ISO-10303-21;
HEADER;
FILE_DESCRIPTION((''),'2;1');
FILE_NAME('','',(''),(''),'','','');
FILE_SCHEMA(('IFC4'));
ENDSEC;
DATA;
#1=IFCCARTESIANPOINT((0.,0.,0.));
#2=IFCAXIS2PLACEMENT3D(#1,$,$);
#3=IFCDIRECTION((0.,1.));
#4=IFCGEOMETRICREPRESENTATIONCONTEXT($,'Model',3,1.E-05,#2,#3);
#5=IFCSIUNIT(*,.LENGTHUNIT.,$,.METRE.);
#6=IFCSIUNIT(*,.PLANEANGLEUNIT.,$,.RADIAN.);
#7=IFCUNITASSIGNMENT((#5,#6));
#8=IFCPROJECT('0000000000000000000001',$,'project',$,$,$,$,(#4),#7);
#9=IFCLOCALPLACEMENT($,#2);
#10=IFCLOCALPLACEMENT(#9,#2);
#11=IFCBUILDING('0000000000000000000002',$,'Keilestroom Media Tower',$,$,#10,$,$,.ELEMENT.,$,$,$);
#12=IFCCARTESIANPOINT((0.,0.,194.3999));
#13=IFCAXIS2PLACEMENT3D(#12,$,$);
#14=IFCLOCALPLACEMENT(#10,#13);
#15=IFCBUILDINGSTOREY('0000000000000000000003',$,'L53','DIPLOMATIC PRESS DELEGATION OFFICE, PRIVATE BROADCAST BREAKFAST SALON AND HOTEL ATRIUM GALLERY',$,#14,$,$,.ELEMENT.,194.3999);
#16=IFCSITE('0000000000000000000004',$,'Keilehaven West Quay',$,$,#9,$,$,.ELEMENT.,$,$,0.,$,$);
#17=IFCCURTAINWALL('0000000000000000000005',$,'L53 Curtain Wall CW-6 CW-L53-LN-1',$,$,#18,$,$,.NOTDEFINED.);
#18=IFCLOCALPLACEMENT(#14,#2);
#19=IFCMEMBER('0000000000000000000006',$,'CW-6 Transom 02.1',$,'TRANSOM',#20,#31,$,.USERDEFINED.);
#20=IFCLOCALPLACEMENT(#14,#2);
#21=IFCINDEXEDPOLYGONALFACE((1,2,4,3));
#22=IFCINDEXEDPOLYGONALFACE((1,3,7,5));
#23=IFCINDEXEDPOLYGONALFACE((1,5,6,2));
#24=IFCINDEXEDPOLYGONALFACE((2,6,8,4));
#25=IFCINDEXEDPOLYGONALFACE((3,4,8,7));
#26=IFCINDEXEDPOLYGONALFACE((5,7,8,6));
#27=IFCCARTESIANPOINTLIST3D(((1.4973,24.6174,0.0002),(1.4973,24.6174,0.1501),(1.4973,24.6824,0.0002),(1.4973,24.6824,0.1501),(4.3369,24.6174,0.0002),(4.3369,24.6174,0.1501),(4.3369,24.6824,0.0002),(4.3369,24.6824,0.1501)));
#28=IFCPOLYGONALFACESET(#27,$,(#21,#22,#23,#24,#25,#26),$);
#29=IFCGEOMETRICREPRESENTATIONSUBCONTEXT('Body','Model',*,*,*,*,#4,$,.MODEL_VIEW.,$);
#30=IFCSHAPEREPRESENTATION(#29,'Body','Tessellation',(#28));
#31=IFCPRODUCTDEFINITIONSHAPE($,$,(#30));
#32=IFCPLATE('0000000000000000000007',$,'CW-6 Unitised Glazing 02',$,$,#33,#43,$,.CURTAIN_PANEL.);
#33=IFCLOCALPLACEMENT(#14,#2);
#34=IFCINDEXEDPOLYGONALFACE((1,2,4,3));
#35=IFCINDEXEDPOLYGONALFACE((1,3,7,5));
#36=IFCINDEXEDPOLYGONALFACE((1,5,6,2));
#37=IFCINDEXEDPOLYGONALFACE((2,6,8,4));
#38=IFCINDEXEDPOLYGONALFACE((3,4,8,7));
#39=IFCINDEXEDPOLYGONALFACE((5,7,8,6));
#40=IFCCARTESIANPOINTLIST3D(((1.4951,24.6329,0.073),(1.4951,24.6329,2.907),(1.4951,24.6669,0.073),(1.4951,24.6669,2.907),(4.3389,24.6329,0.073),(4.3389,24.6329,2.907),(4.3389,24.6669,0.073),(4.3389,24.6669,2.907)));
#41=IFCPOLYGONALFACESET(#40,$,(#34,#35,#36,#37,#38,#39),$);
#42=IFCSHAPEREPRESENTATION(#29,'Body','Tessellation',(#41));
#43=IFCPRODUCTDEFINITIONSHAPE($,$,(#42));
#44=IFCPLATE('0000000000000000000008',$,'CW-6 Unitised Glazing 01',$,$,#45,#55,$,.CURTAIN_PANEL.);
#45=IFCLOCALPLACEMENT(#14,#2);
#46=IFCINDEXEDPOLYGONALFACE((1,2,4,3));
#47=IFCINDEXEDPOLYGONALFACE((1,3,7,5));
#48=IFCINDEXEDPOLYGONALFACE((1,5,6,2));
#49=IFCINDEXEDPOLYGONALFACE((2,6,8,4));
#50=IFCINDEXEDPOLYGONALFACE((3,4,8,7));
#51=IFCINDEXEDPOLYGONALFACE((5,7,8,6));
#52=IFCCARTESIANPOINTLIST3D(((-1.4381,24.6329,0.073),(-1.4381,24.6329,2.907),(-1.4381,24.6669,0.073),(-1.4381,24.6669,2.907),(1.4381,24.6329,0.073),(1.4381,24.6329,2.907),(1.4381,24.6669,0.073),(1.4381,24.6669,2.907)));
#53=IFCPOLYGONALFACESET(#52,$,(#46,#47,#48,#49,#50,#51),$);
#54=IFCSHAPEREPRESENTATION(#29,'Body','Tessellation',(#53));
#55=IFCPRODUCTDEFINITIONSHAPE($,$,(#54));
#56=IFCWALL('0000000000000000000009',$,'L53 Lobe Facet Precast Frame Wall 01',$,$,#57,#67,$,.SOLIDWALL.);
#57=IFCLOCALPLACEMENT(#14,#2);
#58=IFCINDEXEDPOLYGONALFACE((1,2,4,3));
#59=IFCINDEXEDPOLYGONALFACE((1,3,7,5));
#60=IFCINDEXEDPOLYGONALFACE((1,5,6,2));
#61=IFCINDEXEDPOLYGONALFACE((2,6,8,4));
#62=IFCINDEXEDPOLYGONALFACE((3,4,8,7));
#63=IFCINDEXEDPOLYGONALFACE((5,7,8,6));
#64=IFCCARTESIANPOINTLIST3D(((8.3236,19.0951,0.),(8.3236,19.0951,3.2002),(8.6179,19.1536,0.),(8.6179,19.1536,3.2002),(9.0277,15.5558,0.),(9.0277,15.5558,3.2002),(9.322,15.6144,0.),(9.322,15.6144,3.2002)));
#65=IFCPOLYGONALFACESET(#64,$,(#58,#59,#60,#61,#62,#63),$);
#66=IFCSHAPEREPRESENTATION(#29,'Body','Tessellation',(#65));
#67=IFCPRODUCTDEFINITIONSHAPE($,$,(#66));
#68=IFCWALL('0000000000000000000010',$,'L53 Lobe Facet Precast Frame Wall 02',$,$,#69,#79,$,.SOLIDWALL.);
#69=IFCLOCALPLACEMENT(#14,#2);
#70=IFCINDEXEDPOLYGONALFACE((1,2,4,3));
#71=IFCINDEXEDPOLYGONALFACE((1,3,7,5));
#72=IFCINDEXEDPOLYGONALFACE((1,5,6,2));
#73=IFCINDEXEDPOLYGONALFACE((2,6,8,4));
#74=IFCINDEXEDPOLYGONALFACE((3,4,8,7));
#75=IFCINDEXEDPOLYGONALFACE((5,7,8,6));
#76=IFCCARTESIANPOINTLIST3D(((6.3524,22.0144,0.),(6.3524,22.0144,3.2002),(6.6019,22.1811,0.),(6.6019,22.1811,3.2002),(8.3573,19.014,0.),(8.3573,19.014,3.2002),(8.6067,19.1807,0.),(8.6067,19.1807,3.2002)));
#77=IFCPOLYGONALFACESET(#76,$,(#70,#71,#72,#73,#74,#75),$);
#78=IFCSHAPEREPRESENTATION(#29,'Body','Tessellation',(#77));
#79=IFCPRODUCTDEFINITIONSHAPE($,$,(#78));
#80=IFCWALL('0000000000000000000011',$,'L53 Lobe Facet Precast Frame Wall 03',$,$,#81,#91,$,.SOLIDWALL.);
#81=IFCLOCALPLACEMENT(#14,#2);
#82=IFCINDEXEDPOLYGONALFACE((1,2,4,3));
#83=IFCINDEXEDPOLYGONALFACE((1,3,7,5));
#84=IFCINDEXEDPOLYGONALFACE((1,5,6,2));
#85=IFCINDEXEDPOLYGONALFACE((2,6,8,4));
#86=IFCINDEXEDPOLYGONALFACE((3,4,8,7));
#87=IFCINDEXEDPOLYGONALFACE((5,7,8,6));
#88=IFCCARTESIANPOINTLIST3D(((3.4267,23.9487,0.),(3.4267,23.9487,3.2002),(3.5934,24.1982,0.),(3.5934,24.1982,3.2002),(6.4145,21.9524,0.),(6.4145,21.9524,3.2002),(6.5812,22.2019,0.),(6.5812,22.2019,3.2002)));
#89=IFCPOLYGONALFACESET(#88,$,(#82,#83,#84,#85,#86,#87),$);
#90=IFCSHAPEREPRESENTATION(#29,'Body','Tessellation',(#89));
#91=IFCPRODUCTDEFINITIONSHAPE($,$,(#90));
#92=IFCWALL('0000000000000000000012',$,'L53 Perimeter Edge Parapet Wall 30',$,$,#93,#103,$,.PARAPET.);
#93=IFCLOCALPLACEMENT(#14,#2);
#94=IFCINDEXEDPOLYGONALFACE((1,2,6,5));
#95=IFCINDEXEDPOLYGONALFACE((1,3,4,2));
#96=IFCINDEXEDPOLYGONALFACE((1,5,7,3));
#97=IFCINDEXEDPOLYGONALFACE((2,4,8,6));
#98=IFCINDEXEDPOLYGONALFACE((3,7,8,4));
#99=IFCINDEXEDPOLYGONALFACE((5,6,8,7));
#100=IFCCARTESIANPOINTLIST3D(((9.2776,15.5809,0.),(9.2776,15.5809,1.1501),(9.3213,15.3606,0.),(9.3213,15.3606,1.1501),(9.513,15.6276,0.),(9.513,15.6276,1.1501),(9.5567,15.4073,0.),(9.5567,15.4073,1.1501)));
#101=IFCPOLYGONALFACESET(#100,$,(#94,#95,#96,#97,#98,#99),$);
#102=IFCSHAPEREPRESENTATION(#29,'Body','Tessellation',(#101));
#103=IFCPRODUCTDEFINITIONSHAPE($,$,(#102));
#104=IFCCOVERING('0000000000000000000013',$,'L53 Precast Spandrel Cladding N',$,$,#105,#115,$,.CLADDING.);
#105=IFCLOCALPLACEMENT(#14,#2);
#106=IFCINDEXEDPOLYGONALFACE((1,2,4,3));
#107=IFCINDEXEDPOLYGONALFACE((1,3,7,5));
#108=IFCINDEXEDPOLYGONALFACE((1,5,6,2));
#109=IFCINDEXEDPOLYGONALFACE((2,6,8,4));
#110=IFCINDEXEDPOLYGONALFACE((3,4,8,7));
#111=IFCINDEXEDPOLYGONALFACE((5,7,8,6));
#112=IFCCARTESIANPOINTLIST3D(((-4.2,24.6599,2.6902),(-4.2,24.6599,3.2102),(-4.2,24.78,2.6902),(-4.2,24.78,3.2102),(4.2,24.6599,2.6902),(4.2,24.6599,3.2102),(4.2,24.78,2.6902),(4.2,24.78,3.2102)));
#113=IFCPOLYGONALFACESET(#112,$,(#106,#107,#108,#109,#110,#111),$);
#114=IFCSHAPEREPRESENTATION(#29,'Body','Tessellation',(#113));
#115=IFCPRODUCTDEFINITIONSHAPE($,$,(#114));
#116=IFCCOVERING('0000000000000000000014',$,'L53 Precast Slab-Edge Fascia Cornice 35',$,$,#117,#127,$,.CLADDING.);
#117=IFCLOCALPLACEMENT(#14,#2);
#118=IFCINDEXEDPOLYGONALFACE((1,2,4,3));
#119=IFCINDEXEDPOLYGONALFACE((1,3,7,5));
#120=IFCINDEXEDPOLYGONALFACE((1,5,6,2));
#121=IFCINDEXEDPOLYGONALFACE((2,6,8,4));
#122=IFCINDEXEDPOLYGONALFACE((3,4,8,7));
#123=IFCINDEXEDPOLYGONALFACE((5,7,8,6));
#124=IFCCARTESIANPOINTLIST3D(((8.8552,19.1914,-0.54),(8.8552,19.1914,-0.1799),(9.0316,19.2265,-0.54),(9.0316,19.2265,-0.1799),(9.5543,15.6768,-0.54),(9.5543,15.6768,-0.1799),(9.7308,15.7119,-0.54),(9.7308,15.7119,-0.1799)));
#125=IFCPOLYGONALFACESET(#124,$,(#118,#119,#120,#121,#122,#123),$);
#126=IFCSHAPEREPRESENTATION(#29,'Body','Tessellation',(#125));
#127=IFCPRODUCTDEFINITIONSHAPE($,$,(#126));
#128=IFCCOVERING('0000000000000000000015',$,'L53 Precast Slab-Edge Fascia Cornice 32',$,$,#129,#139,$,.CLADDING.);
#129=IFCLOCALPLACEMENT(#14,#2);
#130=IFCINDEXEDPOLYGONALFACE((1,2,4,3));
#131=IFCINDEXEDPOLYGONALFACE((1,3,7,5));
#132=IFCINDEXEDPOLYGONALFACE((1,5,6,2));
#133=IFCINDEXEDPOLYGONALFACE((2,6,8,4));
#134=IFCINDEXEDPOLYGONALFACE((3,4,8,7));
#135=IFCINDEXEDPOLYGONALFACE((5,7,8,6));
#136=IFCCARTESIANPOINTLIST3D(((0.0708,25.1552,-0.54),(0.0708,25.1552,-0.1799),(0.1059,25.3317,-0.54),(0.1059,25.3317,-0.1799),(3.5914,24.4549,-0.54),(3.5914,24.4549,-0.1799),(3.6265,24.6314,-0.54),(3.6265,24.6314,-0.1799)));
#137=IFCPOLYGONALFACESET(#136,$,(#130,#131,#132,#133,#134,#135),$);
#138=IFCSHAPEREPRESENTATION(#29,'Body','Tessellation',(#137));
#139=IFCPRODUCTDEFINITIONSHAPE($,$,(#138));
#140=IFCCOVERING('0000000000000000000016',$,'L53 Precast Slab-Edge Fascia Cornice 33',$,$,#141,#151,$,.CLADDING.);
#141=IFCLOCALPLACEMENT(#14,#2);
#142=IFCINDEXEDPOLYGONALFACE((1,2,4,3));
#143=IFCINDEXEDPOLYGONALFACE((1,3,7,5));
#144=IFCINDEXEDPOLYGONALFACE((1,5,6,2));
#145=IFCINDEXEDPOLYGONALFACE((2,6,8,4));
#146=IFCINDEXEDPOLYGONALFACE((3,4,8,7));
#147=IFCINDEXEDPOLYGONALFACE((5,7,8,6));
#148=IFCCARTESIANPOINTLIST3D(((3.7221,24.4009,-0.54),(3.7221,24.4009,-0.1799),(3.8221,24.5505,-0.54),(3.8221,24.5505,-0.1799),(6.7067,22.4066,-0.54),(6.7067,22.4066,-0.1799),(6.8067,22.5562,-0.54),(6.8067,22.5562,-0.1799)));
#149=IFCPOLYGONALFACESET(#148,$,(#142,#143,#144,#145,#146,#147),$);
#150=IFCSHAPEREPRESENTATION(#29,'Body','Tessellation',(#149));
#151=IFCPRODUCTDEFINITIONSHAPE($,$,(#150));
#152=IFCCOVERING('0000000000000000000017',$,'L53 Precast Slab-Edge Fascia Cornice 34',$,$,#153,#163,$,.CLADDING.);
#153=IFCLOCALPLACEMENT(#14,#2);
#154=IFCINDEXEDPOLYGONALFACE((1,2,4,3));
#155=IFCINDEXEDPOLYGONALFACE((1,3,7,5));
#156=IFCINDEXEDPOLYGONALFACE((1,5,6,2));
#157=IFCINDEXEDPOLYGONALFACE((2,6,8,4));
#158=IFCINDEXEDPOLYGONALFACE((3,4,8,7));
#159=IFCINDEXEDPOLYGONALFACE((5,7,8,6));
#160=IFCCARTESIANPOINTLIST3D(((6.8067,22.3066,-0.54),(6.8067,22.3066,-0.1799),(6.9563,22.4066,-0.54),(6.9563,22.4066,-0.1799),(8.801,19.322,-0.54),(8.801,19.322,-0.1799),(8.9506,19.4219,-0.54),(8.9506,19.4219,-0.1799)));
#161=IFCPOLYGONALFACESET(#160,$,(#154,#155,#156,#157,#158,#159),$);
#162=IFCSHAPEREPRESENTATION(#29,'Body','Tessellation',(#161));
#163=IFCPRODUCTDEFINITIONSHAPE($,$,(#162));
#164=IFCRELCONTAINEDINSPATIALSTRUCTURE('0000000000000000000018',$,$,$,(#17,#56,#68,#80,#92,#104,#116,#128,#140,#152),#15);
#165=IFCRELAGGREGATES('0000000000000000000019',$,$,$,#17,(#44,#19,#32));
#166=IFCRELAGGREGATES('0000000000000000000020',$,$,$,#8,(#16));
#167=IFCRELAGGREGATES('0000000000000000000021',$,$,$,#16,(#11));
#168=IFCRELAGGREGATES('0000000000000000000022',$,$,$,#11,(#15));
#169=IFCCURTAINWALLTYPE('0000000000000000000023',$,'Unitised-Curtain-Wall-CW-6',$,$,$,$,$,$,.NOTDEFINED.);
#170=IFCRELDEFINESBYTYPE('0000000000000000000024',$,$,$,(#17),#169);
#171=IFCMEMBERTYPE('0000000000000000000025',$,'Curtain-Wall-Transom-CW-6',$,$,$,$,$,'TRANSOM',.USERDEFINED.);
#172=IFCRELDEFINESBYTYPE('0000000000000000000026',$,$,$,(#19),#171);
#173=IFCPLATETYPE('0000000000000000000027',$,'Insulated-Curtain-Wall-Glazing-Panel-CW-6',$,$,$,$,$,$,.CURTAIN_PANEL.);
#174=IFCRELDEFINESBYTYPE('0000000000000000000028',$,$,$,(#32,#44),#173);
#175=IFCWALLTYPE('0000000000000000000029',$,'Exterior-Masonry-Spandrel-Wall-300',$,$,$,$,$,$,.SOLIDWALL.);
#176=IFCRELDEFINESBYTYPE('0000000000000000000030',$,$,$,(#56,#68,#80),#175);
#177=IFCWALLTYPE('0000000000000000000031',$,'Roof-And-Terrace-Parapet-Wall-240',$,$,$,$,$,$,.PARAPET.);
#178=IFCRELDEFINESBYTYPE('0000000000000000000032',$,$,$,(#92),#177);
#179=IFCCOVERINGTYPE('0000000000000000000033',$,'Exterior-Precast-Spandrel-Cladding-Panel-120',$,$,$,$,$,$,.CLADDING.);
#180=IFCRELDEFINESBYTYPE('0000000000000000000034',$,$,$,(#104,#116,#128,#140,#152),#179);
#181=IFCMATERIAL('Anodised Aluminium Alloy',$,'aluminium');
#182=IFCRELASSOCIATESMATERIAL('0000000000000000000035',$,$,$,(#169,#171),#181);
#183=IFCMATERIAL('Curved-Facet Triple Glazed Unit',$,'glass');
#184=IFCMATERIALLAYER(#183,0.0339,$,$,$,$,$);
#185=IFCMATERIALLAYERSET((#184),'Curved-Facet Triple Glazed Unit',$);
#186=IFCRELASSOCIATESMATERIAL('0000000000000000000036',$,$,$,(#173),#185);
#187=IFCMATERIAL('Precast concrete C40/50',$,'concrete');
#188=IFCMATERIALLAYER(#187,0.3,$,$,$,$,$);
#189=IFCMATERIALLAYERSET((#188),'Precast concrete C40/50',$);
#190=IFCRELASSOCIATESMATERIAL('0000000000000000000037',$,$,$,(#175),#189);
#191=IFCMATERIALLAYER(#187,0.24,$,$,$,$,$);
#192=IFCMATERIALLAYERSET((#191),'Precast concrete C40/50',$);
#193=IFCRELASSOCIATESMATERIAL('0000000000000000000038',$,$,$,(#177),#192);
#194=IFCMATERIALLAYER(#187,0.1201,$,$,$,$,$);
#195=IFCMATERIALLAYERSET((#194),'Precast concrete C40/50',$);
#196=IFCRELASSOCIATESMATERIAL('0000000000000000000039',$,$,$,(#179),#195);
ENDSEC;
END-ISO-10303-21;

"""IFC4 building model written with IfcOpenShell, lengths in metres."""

from ifc_helpers import new_model, si_unit, direction, frame, frame_2d, origin, origin_2d, place, context, subcontext, project, spatial, rectangle, extrude, source, transform, mapped, material, layer, layer_set, material_profile, profile_set, type_object, element, aggregate, save


model = new_model("IFC4")

# Units and contexts
model_context = context("Model", 3, precision=1e-05, world=origin(), true_north=direction((0.0, 1.0)))
body_context = subcontext(model_context, "Body", "Model", "MODEL_VIEW")
ifc_project = project(units=[si_unit("LENGTHUNIT", "METRE"), si_unit("PLANEANGLEUNIT", "RADIAN")], contexts=[model_context])

# Site, building, storey
site_placement = place(None, origin())
site = spatial("IfcSite", under=ifc_project, at=site_placement, Name="Keilehaven West Quay", CompositionType="ELEMENT", RefElevation=0.0)
building_placement = place(site_placement, origin())
building = spatial("IfcBuilding", under=site, at=building_placement, Name="Keilestroom Media Tower", CompositionType="ELEMENT")
storey_placement = place(building_placement, frame((0.0, 0.0, 194.3999)))
storey = spatial("IfcBuildingStorey", under=building, at=storey_placement, Name="L53", Description="DIPLOMATIC PRESS DELEGATION OFFICE, PRIVATE BROADCAST BREAKFAST SALON AND HOTEL ATRIUM GALLERY", CompositionType="ELEMENT", Elevation=194.3999)

# Curtain wall, member, plates
ifc_material_1 = material(Name="Anodised Aluminium Alloy", Category="aluminium")
curtain_wall_type = type_object("IfcCurtainWallType", Name="Unitised-Curtain-Wall-CW-6", PredefinedType="NOTDEFINED", material=ifc_material_1)
curtain_wall_placement = place(storey_placement, origin())
curtain_wall = element("IfcCurtainWall", 1, at=curtain_wall_placement, inside=storey, type_object=curtain_wall_type, Name="L53 Curtain Wall CW-6 CW-L53-LN-1", PredefinedType="NOTDEFINED")
ifc_material_profile_1 = material_profile(ifc_material_1, rectangle(XDim=0.0649, YDim=0.1499, at=origin_2d()), Name="ALU TRANSOM 65x150")
ifc_profile_set_1 = profile_set([ifc_material_profile_1], Name="Anodised Aluminium Alloy")
member_type_1 = type_object("IfcMemberType", Name="Curtain-Wall-Transom-CW-6", ElementType="TRANSOM", PredefinedType="USERDEFINED", material=ifc_profile_set_1)
shared_shape_1 = source(origin(), body_context, "Body", "SweptSolid", [
    extrude(rectangle(XDim=0.0649, YDim=0.1499, at=origin_2d()), origin(), (0.0, 0.0, 1.0), 2.8396),
])
member_1_placement = place(storey_placement, frame((1.4973, 24.6499, 0.0752), z_axis=(1.0, 0.0, 0.0), x_axis=(0.0, 1.0, 0.0)))
member_1 = element("IfcMember", 2, at=member_1_placement, type_object=member_type_1, Name="CW-6 Transom 02.1", ObjectType="TRANSOM", PredefinedType="USERDEFINED", context=body_context, shape_type="MappedRepresentation", body=[
    mapped(shared_shape_1, transform((0.0, 0.0, 0.0), x_axis=(1.0, 0.0, 0.0), y_axis=(0.0, 1.0, 0.0), z_axis=(0.0, 0.0, 1.0), scale=1.0)),
])
ifc_material_2 = material(Name="Curved-Facet Triple Glazed Unit", Category="glass")
ifc_layer_1 = layer(ifc_material_2, 0.0339)
ifc_layer_set_1 = layer_set([ifc_layer_1], Name="Curved-Facet Triple Glazed Unit")
plate_type = type_object("IfcPlateType", Name="Insulated-Curtain-Wall-Glazing-Panel-CW-6", PredefinedType="CURTAIN_PANEL", material=ifc_layer_set_1)
shared_shape_2 = source(origin(), body_context, "Body", "SweptSolid", [
    extrude(rectangle(XDim=2.8438, YDim=0.0339, at=origin_2d()), origin(), (0.0, 0.0, 1.0), 2.834),
])
plate_1_placement = place(storey_placement, frame((2.917, 24.6499, 0.073), z_axis=(0.0, 0.0, 1.0), x_axis=(1.0, 0.0, 0.0)))
plate_1 = element("IfcPlate", 3, at=plate_1_placement, type_object=plate_type, Name="CW-6 Unitised Glazing 02", PredefinedType="CURTAIN_PANEL", context=body_context, shape_type="MappedRepresentation", body=[
    mapped(shared_shape_2, transform((0.0, 0.0, 0.0), x_axis=(1.0, 0.0, 0.0), y_axis=(0.0, 1.0, 0.0), z_axis=(0.0, 0.0, 1.0), scale=1.0)),
])
shared_shape_3 = source(origin(), body_context, "Body", "SweptSolid", [
    extrude(rectangle(XDim=2.8762, YDim=0.0339, at=origin_2d()), origin(), (0.0, 0.0, 1.0), 2.834),
])
plate_2_placement = place(storey_placement, frame((0.0, 24.6499, 0.073), z_axis=(0.0, 0.0, 1.0), x_axis=(1.0, 0.0, 0.0)))
plate_2 = element("IfcPlate", 4, at=plate_2_placement, type_object=plate_type, Name="CW-6 Unitised Glazing 01", PredefinedType="CURTAIN_PANEL", context=body_context, shape_type="MappedRepresentation", body=[
    mapped(shared_shape_3, transform((0.0, 0.0, 0.0), x_axis=(1.0, 0.0, 0.0), y_axis=(0.0, 1.0, 0.0), z_axis=(0.0, 0.0, 1.0), scale=1.0)),
])
aggregate(curtain_wall, [plate_2, member_1, plate_1])

# Walls
ifc_material_3 = material(Name="Precast concrete C40/50", Category="concrete")
ifc_layer_2 = layer(ifc_material_3, 0.3)
ifc_layer_set_2 = layer_set([ifc_layer_2], Name="Precast concrete C40/50")
wall_type_1 = type_object("IfcWallType", Name="Exterior-Masonry-Spandrel-Wall-300", PredefinedType="SOLIDWALL", material=ifc_layer_set_2)
for number, where, z_axis, x_axis, name in (
    (5, (9.1748, 15.5852, 0.0), (0.0, 0.0, 1.0), (-0.195114, 0.980781, 0.0), "L53 Lobe Facet Precast Frame Wall 01"),
    (6, (8.4819, 19.0974, 0.0), (0.0, 0.0, 1.0), (-0.555574, 0.831467, 0.0), "L53 Lobe Facet Precast Frame Wall 02"),
):
    element("IfcWall", number, at=place(storey_placement, frame(where, z_axis=z_axis, x_axis=x_axis)), inside=storey, type_object=wall_type_1, Name=name, PredefinedType="SOLIDWALL", context=body_context, shape_type="SweptSolid", body=[
        extrude(rectangle(XDim=3.6086, YDim=0.3, at=frame_2d((1.8042, 0.0))), origin(), (0.0, 0.0, 1.0), 3.2002),
    ])
wall_1_placement = place(storey_placement, frame((6.4978, 22.0771, 0.0), z_axis=(0.0, 0.0, 1.0), x_axis=(-0.831475, 0.555562, 0.0)))
element("IfcWall", 7, at=wall_1_placement, inside=storey, type_object=wall_type_1, Name="L53 Lobe Facet Precast Frame Wall 03", PredefinedType="SOLIDWALL", context=body_context, shape_type="SweptSolid", body=[
    extrude(rectangle(XDim=3.5933, YDim=0.3, at=frame_2d((1.7966, 0.0))), origin(), (0.0, 0.0, 1.0), 3.2002),
])
ifc_layer_3 = layer(ifc_material_3, 0.24)
ifc_layer_set_3 = layer_set([ifc_layer_3], Name="Precast concrete C40/50")
wall_type_2 = type_object("IfcWallType", Name="Roof-And-Terrace-Parapet-Wall-240", PredefinedType="PARAPET", material=ifc_layer_set_3)
wall_2_placement = place(storey_placement, frame((9.3953, 15.6042, 0.0), z_axis=(0.0, 0.0, 1.0), x_axis=(0.194652, -0.980872, 0.0)))
element("IfcWall", 8, at=wall_2_placement, inside=storey, type_object=wall_type_2, Name="L53 Perimeter Edge Parapet Wall 30", PredefinedType="PARAPET", context=body_context, shape_type="SweptSolid", body=[
    extrude(rectangle(XDim=0.2246, YDim=0.24, at=frame_2d((0.1123, 0.0))), origin(), (0.0, 0.0, 1.0), 1.1501),
])

# Coverings
ifc_layer_4 = layer(ifc_material_3, 0.1201)
ifc_layer_set_4 = layer_set([ifc_layer_4], Name="Precast concrete C40/50")
covering_type = type_object("IfcCoveringType", Name="Exterior-Precast-Spandrel-Cladding-Panel-120", PredefinedType="CLADDING", material=ifc_layer_set_4)
shared_shape_4 = source(origin(), body_context, "Body", "SweptSolid", [
    extrude(rectangle(XDim=8.3999, YDim=0.1201, at=origin_2d()), origin(), (0.0, 0.0, 1.0), 0.52),
])
covering_1_placement = place(storey_placement, frame((0.0, 24.72, 2.6902), z_axis=(0.0, 0.0, 1.0), x_axis=(1.0, 0.0, 0.0)))
element("IfcCovering", 9, at=covering_1_placement, inside=storey, type_object=covering_type, Name="L53 Precast Spandrel Cladding N", PredefinedType="CLADDING", context=body_context, shape_type="MappedRepresentation", body=[
    mapped(shared_shape_4, transform((0.0, 0.0, 0.0), x_axis=(1.0, 0.0, 0.0), y_axis=(0.0, 1.0, 0.0), z_axis=(0.0, 0.0, 1.0), scale=1.0)),
])
shared_shape_5 = source(origin(), body_context, "Body", "SweptSolid", [
    extrude(rectangle(XDim=3.5835, YDim=0.1799, at=origin_2d()), origin(), (0.0, 0.0, 1.0), 0.3601),
])
covering_2_placement = place(storey_placement, frame((9.293, 17.4517, -0.54), z_axis=(0.0, 0.0, 1.0), x_axis=(0.195099, -0.980784, 0.0)))
element("IfcCovering", 10, at=covering_2_placement, inside=storey, type_object=covering_type, Name="L53 Precast Slab-Edge Fascia Cornice 35", PredefinedType="CLADDING", context=body_context, shape_type="MappedRepresentation", body=[
    mapped(shared_shape_5, transform((0.0, 0.0, 0.0), x_axis=(1.0, 0.0, 0.0), y_axis=(0.0, 1.0, 0.0), z_axis=(0.0, 0.0, 1.0), scale=1.0)),
])
shared_shape_6 = source(origin(), body_context, "Body", "SweptSolid", [
    extrude(rectangle(XDim=3.5896, YDim=0.1799, at=origin_2d()), origin(), (0.0, 0.0, 1.0), 0.3601),
])
for number, where, z_axis, x_axis, name in (
    (11, (1.8486, 24.8933, -0.54), (0.0, 0.0, 1.0), (0.980784, -0.195099, 0.0), "L53 Precast Slab-Edge Fascia Cornice 32"),
    (12, (5.2644, 23.4785, -0.54), (0.0, 0.0, 1.0), (0.831467, -0.555575, 0.0), "L53 Precast Slab-Edge Fascia Cornice 33"),
    (13, (7.8787, 20.8643, -0.54), (0.0, 0.0, 1.0), (0.555575, -0.831467, 0.0), "L53 Precast Slab-Edge Fascia Cornice 34"),
):
    element("IfcCovering", number, at=place(storey_placement, frame(where, z_axis=z_axis, x_axis=x_axis)), inside=storey, type_object=covering_type, Name=name, PredefinedType="CLADDING", context=body_context, shape_type="MappedRepresentation", body=[
        mapped(shared_shape_6, transform((0.0, 0.0, 0.0), x_axis=(1.0, 0.0, 0.0), y_axis=(0.0, 1.0, 0.0), z_axis=(0.0, 0.0, 1.0), scale=1.0)),
    ])

save(model, "model.ifc")
